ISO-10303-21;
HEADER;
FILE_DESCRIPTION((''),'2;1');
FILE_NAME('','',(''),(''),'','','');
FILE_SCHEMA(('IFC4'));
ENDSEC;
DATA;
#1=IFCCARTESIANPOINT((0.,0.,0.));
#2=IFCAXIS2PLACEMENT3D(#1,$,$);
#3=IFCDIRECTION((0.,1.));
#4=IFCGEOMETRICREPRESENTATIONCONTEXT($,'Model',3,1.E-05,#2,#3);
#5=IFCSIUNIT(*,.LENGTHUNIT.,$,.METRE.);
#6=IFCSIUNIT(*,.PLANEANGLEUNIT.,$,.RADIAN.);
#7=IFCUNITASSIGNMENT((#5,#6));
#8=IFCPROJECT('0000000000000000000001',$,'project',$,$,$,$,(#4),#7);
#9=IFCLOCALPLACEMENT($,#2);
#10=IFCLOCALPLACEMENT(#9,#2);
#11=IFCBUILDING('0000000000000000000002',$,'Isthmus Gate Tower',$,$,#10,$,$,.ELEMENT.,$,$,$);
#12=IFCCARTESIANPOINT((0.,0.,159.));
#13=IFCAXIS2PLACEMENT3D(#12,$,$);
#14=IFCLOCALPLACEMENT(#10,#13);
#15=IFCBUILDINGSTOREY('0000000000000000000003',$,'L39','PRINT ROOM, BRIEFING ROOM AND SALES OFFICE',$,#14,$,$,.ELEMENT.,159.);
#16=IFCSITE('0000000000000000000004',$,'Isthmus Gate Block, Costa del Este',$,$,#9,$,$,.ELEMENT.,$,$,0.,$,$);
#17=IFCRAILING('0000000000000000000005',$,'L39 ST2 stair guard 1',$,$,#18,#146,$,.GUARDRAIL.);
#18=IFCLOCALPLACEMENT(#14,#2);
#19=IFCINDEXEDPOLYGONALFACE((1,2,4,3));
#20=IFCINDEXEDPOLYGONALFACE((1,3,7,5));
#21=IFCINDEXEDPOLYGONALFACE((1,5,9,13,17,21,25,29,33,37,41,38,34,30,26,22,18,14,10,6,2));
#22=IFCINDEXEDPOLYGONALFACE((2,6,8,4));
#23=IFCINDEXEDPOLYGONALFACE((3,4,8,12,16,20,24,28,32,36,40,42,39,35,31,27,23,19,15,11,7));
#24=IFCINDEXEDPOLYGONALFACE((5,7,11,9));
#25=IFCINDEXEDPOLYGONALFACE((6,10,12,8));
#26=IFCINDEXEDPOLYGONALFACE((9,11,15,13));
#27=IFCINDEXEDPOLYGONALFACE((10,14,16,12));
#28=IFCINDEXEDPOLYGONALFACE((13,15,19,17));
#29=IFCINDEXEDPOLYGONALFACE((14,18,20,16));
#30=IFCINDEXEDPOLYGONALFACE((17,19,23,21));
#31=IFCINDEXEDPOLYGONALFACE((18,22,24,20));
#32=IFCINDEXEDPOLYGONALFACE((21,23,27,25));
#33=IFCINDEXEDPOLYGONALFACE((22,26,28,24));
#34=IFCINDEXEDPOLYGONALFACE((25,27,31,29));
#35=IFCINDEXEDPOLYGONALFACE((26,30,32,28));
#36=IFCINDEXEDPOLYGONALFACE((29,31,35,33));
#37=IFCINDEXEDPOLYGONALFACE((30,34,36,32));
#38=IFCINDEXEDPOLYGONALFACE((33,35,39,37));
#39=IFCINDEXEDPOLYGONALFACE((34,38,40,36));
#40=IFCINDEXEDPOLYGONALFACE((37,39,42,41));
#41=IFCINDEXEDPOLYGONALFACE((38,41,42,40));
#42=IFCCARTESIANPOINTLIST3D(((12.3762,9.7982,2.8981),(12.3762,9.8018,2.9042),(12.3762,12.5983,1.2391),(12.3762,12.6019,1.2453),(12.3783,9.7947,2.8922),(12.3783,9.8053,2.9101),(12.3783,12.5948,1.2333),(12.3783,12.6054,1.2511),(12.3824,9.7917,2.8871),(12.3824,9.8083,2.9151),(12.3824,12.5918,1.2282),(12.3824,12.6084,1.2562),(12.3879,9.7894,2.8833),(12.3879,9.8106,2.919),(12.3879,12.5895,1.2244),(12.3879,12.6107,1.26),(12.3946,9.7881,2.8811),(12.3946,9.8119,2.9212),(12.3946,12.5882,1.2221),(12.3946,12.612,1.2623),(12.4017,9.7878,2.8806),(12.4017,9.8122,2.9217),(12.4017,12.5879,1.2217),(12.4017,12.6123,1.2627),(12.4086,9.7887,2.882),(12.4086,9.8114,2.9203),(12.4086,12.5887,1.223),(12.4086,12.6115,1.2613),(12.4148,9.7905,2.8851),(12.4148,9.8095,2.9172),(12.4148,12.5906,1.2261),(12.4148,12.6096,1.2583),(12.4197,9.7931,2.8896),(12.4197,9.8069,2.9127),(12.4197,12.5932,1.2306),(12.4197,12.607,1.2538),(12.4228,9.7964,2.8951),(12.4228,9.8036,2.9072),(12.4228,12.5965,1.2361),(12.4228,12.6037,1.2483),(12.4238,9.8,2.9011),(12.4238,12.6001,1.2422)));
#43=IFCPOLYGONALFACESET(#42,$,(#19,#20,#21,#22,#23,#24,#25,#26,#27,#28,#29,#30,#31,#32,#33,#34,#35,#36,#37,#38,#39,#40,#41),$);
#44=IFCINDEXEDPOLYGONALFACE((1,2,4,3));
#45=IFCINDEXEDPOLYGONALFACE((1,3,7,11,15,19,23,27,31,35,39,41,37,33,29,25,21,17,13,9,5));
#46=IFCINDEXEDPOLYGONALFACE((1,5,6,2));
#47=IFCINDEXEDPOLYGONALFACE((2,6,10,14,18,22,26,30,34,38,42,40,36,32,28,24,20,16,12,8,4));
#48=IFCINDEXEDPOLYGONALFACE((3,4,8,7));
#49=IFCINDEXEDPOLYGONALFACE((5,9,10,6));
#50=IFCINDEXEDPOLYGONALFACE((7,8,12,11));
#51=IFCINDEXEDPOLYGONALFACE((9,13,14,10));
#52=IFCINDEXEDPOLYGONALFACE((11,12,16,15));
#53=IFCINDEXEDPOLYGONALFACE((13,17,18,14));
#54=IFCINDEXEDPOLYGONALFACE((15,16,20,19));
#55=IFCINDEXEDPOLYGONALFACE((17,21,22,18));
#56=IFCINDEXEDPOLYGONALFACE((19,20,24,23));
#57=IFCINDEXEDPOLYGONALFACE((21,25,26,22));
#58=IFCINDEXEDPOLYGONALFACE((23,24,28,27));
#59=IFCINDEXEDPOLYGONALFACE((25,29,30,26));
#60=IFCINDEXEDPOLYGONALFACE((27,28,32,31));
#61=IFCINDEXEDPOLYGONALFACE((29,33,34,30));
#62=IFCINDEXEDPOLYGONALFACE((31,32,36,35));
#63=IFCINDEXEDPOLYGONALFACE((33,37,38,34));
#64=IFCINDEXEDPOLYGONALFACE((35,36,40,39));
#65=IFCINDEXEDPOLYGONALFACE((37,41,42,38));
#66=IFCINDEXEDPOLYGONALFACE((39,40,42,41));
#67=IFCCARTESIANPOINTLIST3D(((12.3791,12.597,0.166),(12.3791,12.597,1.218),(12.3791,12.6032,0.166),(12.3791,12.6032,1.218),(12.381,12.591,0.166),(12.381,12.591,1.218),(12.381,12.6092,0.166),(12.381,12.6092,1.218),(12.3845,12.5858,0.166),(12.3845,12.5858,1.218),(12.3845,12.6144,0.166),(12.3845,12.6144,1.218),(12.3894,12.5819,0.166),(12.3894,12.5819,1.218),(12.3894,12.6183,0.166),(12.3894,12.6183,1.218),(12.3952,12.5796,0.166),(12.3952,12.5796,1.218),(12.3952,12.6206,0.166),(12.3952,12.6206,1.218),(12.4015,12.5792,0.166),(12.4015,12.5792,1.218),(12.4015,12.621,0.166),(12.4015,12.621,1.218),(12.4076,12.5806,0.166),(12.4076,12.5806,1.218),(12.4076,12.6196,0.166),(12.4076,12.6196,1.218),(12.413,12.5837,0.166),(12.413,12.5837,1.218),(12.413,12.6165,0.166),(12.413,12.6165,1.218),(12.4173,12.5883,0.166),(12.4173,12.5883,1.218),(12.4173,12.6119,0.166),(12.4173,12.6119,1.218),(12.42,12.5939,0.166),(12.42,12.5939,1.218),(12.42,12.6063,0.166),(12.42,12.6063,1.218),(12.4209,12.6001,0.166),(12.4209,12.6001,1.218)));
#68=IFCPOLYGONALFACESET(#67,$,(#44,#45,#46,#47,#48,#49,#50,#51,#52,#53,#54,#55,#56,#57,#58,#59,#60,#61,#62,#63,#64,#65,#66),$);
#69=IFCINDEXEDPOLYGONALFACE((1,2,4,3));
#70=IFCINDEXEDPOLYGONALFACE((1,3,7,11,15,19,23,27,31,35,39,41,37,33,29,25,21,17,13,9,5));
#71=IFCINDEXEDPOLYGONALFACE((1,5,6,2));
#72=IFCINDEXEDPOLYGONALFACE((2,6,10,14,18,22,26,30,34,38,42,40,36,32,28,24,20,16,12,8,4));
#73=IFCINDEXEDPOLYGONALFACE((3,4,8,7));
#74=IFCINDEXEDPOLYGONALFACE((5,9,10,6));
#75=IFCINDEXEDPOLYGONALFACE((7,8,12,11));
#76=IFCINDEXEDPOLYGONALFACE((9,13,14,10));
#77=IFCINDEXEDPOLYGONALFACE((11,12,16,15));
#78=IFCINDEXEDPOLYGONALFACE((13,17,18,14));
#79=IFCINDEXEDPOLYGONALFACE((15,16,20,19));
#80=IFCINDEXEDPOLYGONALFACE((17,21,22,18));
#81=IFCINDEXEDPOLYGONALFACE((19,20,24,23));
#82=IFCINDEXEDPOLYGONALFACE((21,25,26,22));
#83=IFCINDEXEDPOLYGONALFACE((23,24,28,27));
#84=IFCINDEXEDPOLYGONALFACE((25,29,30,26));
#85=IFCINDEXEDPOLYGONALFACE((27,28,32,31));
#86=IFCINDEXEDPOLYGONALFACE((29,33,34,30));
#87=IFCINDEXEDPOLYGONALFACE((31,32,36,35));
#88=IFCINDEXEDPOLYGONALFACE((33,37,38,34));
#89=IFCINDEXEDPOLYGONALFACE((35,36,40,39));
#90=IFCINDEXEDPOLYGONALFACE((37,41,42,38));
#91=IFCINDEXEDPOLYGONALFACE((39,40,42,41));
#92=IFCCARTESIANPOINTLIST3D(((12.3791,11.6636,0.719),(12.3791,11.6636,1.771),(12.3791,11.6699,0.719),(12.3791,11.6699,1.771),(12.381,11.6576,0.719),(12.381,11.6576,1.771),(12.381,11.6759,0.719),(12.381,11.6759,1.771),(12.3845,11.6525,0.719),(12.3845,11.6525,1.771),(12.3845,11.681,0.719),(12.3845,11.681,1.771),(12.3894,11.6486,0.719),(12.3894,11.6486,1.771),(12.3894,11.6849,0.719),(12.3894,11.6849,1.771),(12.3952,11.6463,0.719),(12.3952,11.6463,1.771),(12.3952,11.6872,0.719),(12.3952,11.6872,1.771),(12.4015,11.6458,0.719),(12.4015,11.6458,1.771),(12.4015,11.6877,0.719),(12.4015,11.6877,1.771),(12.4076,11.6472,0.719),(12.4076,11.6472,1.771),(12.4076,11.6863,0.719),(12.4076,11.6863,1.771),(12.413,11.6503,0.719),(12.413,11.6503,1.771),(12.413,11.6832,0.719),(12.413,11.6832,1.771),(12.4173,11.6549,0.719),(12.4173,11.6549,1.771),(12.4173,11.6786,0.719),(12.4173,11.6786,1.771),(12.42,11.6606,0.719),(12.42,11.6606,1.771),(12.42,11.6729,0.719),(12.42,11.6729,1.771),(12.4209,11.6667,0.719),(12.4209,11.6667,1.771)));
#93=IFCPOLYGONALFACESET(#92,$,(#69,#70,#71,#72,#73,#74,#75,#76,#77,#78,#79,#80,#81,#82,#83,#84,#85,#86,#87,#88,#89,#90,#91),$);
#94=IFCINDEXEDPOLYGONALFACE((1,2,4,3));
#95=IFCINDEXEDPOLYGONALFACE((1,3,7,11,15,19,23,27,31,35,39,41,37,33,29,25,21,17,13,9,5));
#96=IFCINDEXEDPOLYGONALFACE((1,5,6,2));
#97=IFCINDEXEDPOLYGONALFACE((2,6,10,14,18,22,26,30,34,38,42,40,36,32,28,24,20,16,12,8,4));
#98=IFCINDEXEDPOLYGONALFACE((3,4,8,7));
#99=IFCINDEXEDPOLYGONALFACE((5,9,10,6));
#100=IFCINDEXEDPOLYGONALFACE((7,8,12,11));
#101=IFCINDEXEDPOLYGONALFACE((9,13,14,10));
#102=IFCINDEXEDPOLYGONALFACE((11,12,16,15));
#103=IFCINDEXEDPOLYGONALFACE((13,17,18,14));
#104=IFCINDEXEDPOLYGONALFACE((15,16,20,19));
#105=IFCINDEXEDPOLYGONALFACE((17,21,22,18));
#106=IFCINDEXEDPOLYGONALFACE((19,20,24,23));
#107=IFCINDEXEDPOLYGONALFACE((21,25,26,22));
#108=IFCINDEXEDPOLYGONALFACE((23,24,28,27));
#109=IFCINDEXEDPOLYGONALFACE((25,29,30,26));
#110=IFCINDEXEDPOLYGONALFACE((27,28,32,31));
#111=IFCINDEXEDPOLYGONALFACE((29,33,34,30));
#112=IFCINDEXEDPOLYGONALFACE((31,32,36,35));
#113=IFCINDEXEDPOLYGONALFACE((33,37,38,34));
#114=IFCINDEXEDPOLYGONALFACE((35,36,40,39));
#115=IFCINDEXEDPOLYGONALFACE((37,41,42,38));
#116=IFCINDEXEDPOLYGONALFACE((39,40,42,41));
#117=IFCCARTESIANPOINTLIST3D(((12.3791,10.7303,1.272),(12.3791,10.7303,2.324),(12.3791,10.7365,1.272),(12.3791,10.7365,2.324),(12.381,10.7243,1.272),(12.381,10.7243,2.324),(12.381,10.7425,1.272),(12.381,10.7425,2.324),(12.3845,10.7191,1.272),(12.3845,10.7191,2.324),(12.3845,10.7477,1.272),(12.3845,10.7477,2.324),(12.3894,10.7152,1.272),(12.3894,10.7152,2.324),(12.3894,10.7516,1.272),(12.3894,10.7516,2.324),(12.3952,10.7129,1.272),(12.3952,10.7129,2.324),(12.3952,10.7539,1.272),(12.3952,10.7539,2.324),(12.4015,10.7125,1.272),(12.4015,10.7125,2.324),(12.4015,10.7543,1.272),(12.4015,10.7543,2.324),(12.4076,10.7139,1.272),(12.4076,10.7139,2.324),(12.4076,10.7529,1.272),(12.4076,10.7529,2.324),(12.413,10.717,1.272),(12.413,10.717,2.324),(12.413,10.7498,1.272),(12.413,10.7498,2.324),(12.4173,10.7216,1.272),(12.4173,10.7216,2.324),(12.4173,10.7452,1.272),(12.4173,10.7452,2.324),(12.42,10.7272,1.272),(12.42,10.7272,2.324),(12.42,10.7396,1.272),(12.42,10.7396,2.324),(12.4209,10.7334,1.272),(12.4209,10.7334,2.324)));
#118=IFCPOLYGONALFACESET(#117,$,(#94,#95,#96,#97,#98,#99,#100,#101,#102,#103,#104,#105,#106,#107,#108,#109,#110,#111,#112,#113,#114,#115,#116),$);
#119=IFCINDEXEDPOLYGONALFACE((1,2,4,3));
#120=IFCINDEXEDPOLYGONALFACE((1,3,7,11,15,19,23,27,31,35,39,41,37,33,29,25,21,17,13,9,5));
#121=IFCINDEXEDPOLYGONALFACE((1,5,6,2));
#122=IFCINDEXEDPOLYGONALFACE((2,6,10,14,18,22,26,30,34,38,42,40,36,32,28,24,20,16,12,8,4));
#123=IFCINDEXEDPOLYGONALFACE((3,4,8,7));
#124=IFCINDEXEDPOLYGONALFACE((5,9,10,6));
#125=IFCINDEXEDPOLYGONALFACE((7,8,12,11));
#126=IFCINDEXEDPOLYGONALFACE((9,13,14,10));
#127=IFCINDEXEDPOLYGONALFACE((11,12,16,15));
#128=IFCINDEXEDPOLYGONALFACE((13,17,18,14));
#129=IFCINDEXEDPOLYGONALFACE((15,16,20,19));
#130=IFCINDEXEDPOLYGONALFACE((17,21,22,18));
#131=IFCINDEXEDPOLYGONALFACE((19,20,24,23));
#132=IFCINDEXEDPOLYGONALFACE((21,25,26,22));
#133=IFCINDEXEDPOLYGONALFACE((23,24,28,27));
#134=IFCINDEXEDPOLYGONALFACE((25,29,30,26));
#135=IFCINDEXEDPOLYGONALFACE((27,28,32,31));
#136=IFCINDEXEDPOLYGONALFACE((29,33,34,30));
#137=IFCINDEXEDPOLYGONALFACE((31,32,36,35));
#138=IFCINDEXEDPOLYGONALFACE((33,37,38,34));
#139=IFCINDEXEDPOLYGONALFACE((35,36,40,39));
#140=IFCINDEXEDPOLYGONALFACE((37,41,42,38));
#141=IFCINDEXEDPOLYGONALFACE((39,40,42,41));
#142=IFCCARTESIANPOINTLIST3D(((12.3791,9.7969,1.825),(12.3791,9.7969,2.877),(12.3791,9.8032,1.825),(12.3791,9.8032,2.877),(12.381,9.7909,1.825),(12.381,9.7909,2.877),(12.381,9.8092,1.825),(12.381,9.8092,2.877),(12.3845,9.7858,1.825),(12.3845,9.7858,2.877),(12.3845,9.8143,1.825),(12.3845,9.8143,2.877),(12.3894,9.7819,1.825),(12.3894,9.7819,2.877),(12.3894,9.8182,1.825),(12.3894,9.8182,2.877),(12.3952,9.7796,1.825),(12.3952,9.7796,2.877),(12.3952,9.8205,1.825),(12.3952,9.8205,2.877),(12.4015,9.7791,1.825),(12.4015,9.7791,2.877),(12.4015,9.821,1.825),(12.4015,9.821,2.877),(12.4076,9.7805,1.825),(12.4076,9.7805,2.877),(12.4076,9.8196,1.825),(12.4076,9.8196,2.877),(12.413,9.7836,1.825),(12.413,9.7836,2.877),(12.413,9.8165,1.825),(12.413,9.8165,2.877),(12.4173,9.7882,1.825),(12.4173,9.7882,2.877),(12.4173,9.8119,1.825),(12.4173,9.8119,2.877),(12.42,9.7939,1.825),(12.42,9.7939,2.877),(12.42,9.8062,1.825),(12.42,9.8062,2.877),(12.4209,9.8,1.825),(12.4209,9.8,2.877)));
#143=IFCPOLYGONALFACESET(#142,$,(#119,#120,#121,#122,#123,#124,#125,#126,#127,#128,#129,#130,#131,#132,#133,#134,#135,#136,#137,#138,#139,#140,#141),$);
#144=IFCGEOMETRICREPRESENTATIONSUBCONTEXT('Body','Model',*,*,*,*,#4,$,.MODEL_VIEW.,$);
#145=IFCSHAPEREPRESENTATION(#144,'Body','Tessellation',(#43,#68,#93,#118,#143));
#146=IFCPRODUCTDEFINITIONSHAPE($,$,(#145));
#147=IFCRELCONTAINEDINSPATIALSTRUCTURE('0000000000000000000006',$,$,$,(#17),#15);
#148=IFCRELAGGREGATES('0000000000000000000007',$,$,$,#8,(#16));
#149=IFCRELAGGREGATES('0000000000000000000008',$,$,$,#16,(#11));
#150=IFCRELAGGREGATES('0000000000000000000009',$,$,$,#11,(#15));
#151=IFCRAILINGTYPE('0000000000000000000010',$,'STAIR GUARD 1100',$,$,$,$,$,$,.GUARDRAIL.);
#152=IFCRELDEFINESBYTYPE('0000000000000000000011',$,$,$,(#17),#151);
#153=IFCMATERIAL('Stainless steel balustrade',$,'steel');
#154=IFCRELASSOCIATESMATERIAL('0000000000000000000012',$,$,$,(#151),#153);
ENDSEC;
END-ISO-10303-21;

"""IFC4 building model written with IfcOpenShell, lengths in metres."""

from ifc_helpers import new_model, si_unit, direction, frame, origin, origin_2d, place, context, subcontext, project, spatial, circle, extrude, material, type_object, element, save


model = new_model("IFC4")

# Units and contexts
model_context = context("Model", 3, precision=1e-05, world=origin(), true_north=direction((0.0, 1.0)))
body_context = subcontext(model_context, "Body", "Model", "MODEL_VIEW")
ifc_project = project(units=[si_unit("LENGTHUNIT", "METRE"), si_unit("PLANEANGLEUNIT", "RADIAN")], contexts=[model_context])

# Site, building, storey
site_placement = place(None, origin())
site = spatial("IfcSite", under=ifc_project, at=site_placement, Name="Isthmus Gate Block, Costa del Este", CompositionType="ELEMENT", RefElevation=0.0)
building_placement = place(site_placement, origin())
building = spatial("IfcBuilding", under=site, at=building_placement, Name="Isthmus Gate Tower", CompositionType="ELEMENT")
storey_placement = place(building_placement, frame((0.0, 0.0, 159.0)))
storey = spatial("IfcBuildingStorey", under=building, at=storey_placement, Name="L39", Description="PRINT ROOM, BRIEFING ROOM AND SALES OFFICE", CompositionType="ELEMENT", Elevation=159.0)

# Railing
ifc_material_1 = material(Name="Stainless steel balustrade", Category="steel")
railing_type_1 = type_object("IfcRailingType", Name="STAIR GUARD 1100", PredefinedType="GUARDRAIL", material=ifc_material_1)
railing_1_placement = place(storey_placement, frame((12.3999, 12.6001, 0.166)))
element("IfcRailing", 1, at=railing_1_placement, inside=storey, type_object=railing_type_1, Name="L39 ST2 stair guard 1", PredefinedType="GUARDRAIL", context=body_context, shape_type="SweptSolid", body=[
    extrude(circle(Radius=0.0239, at=origin_2d()), frame((0.0, 0.0, 1.0762), z_axis=(0.0, -0.860339, 0.509722), x_axis=(1.0, 0.0, 0.0)), (0.0, 0.0, 1.0), 3.2546),
    extrude(circle(Radius=0.021, at=origin_2d()), origin(), (0.0, 0.0, 1.0), 1.052),
    extrude(circle(Radius=0.021, at=origin_2d()), frame((0.0, -0.9333, 0.553)), (0.0, 0.0, 1.0), 1.052),
    extrude(circle(Radius=0.021, at=origin_2d()), frame((0.0, -1.8667, 1.106)), (0.0, 0.0, 1.0), 1.052),
    extrude(circle(Radius=0.021, at=origin_2d()), frame((0.0, -2.8, 1.6589)), (0.0, 0.0, 1.0), 1.052),
])

save(model, "model.ifc")
